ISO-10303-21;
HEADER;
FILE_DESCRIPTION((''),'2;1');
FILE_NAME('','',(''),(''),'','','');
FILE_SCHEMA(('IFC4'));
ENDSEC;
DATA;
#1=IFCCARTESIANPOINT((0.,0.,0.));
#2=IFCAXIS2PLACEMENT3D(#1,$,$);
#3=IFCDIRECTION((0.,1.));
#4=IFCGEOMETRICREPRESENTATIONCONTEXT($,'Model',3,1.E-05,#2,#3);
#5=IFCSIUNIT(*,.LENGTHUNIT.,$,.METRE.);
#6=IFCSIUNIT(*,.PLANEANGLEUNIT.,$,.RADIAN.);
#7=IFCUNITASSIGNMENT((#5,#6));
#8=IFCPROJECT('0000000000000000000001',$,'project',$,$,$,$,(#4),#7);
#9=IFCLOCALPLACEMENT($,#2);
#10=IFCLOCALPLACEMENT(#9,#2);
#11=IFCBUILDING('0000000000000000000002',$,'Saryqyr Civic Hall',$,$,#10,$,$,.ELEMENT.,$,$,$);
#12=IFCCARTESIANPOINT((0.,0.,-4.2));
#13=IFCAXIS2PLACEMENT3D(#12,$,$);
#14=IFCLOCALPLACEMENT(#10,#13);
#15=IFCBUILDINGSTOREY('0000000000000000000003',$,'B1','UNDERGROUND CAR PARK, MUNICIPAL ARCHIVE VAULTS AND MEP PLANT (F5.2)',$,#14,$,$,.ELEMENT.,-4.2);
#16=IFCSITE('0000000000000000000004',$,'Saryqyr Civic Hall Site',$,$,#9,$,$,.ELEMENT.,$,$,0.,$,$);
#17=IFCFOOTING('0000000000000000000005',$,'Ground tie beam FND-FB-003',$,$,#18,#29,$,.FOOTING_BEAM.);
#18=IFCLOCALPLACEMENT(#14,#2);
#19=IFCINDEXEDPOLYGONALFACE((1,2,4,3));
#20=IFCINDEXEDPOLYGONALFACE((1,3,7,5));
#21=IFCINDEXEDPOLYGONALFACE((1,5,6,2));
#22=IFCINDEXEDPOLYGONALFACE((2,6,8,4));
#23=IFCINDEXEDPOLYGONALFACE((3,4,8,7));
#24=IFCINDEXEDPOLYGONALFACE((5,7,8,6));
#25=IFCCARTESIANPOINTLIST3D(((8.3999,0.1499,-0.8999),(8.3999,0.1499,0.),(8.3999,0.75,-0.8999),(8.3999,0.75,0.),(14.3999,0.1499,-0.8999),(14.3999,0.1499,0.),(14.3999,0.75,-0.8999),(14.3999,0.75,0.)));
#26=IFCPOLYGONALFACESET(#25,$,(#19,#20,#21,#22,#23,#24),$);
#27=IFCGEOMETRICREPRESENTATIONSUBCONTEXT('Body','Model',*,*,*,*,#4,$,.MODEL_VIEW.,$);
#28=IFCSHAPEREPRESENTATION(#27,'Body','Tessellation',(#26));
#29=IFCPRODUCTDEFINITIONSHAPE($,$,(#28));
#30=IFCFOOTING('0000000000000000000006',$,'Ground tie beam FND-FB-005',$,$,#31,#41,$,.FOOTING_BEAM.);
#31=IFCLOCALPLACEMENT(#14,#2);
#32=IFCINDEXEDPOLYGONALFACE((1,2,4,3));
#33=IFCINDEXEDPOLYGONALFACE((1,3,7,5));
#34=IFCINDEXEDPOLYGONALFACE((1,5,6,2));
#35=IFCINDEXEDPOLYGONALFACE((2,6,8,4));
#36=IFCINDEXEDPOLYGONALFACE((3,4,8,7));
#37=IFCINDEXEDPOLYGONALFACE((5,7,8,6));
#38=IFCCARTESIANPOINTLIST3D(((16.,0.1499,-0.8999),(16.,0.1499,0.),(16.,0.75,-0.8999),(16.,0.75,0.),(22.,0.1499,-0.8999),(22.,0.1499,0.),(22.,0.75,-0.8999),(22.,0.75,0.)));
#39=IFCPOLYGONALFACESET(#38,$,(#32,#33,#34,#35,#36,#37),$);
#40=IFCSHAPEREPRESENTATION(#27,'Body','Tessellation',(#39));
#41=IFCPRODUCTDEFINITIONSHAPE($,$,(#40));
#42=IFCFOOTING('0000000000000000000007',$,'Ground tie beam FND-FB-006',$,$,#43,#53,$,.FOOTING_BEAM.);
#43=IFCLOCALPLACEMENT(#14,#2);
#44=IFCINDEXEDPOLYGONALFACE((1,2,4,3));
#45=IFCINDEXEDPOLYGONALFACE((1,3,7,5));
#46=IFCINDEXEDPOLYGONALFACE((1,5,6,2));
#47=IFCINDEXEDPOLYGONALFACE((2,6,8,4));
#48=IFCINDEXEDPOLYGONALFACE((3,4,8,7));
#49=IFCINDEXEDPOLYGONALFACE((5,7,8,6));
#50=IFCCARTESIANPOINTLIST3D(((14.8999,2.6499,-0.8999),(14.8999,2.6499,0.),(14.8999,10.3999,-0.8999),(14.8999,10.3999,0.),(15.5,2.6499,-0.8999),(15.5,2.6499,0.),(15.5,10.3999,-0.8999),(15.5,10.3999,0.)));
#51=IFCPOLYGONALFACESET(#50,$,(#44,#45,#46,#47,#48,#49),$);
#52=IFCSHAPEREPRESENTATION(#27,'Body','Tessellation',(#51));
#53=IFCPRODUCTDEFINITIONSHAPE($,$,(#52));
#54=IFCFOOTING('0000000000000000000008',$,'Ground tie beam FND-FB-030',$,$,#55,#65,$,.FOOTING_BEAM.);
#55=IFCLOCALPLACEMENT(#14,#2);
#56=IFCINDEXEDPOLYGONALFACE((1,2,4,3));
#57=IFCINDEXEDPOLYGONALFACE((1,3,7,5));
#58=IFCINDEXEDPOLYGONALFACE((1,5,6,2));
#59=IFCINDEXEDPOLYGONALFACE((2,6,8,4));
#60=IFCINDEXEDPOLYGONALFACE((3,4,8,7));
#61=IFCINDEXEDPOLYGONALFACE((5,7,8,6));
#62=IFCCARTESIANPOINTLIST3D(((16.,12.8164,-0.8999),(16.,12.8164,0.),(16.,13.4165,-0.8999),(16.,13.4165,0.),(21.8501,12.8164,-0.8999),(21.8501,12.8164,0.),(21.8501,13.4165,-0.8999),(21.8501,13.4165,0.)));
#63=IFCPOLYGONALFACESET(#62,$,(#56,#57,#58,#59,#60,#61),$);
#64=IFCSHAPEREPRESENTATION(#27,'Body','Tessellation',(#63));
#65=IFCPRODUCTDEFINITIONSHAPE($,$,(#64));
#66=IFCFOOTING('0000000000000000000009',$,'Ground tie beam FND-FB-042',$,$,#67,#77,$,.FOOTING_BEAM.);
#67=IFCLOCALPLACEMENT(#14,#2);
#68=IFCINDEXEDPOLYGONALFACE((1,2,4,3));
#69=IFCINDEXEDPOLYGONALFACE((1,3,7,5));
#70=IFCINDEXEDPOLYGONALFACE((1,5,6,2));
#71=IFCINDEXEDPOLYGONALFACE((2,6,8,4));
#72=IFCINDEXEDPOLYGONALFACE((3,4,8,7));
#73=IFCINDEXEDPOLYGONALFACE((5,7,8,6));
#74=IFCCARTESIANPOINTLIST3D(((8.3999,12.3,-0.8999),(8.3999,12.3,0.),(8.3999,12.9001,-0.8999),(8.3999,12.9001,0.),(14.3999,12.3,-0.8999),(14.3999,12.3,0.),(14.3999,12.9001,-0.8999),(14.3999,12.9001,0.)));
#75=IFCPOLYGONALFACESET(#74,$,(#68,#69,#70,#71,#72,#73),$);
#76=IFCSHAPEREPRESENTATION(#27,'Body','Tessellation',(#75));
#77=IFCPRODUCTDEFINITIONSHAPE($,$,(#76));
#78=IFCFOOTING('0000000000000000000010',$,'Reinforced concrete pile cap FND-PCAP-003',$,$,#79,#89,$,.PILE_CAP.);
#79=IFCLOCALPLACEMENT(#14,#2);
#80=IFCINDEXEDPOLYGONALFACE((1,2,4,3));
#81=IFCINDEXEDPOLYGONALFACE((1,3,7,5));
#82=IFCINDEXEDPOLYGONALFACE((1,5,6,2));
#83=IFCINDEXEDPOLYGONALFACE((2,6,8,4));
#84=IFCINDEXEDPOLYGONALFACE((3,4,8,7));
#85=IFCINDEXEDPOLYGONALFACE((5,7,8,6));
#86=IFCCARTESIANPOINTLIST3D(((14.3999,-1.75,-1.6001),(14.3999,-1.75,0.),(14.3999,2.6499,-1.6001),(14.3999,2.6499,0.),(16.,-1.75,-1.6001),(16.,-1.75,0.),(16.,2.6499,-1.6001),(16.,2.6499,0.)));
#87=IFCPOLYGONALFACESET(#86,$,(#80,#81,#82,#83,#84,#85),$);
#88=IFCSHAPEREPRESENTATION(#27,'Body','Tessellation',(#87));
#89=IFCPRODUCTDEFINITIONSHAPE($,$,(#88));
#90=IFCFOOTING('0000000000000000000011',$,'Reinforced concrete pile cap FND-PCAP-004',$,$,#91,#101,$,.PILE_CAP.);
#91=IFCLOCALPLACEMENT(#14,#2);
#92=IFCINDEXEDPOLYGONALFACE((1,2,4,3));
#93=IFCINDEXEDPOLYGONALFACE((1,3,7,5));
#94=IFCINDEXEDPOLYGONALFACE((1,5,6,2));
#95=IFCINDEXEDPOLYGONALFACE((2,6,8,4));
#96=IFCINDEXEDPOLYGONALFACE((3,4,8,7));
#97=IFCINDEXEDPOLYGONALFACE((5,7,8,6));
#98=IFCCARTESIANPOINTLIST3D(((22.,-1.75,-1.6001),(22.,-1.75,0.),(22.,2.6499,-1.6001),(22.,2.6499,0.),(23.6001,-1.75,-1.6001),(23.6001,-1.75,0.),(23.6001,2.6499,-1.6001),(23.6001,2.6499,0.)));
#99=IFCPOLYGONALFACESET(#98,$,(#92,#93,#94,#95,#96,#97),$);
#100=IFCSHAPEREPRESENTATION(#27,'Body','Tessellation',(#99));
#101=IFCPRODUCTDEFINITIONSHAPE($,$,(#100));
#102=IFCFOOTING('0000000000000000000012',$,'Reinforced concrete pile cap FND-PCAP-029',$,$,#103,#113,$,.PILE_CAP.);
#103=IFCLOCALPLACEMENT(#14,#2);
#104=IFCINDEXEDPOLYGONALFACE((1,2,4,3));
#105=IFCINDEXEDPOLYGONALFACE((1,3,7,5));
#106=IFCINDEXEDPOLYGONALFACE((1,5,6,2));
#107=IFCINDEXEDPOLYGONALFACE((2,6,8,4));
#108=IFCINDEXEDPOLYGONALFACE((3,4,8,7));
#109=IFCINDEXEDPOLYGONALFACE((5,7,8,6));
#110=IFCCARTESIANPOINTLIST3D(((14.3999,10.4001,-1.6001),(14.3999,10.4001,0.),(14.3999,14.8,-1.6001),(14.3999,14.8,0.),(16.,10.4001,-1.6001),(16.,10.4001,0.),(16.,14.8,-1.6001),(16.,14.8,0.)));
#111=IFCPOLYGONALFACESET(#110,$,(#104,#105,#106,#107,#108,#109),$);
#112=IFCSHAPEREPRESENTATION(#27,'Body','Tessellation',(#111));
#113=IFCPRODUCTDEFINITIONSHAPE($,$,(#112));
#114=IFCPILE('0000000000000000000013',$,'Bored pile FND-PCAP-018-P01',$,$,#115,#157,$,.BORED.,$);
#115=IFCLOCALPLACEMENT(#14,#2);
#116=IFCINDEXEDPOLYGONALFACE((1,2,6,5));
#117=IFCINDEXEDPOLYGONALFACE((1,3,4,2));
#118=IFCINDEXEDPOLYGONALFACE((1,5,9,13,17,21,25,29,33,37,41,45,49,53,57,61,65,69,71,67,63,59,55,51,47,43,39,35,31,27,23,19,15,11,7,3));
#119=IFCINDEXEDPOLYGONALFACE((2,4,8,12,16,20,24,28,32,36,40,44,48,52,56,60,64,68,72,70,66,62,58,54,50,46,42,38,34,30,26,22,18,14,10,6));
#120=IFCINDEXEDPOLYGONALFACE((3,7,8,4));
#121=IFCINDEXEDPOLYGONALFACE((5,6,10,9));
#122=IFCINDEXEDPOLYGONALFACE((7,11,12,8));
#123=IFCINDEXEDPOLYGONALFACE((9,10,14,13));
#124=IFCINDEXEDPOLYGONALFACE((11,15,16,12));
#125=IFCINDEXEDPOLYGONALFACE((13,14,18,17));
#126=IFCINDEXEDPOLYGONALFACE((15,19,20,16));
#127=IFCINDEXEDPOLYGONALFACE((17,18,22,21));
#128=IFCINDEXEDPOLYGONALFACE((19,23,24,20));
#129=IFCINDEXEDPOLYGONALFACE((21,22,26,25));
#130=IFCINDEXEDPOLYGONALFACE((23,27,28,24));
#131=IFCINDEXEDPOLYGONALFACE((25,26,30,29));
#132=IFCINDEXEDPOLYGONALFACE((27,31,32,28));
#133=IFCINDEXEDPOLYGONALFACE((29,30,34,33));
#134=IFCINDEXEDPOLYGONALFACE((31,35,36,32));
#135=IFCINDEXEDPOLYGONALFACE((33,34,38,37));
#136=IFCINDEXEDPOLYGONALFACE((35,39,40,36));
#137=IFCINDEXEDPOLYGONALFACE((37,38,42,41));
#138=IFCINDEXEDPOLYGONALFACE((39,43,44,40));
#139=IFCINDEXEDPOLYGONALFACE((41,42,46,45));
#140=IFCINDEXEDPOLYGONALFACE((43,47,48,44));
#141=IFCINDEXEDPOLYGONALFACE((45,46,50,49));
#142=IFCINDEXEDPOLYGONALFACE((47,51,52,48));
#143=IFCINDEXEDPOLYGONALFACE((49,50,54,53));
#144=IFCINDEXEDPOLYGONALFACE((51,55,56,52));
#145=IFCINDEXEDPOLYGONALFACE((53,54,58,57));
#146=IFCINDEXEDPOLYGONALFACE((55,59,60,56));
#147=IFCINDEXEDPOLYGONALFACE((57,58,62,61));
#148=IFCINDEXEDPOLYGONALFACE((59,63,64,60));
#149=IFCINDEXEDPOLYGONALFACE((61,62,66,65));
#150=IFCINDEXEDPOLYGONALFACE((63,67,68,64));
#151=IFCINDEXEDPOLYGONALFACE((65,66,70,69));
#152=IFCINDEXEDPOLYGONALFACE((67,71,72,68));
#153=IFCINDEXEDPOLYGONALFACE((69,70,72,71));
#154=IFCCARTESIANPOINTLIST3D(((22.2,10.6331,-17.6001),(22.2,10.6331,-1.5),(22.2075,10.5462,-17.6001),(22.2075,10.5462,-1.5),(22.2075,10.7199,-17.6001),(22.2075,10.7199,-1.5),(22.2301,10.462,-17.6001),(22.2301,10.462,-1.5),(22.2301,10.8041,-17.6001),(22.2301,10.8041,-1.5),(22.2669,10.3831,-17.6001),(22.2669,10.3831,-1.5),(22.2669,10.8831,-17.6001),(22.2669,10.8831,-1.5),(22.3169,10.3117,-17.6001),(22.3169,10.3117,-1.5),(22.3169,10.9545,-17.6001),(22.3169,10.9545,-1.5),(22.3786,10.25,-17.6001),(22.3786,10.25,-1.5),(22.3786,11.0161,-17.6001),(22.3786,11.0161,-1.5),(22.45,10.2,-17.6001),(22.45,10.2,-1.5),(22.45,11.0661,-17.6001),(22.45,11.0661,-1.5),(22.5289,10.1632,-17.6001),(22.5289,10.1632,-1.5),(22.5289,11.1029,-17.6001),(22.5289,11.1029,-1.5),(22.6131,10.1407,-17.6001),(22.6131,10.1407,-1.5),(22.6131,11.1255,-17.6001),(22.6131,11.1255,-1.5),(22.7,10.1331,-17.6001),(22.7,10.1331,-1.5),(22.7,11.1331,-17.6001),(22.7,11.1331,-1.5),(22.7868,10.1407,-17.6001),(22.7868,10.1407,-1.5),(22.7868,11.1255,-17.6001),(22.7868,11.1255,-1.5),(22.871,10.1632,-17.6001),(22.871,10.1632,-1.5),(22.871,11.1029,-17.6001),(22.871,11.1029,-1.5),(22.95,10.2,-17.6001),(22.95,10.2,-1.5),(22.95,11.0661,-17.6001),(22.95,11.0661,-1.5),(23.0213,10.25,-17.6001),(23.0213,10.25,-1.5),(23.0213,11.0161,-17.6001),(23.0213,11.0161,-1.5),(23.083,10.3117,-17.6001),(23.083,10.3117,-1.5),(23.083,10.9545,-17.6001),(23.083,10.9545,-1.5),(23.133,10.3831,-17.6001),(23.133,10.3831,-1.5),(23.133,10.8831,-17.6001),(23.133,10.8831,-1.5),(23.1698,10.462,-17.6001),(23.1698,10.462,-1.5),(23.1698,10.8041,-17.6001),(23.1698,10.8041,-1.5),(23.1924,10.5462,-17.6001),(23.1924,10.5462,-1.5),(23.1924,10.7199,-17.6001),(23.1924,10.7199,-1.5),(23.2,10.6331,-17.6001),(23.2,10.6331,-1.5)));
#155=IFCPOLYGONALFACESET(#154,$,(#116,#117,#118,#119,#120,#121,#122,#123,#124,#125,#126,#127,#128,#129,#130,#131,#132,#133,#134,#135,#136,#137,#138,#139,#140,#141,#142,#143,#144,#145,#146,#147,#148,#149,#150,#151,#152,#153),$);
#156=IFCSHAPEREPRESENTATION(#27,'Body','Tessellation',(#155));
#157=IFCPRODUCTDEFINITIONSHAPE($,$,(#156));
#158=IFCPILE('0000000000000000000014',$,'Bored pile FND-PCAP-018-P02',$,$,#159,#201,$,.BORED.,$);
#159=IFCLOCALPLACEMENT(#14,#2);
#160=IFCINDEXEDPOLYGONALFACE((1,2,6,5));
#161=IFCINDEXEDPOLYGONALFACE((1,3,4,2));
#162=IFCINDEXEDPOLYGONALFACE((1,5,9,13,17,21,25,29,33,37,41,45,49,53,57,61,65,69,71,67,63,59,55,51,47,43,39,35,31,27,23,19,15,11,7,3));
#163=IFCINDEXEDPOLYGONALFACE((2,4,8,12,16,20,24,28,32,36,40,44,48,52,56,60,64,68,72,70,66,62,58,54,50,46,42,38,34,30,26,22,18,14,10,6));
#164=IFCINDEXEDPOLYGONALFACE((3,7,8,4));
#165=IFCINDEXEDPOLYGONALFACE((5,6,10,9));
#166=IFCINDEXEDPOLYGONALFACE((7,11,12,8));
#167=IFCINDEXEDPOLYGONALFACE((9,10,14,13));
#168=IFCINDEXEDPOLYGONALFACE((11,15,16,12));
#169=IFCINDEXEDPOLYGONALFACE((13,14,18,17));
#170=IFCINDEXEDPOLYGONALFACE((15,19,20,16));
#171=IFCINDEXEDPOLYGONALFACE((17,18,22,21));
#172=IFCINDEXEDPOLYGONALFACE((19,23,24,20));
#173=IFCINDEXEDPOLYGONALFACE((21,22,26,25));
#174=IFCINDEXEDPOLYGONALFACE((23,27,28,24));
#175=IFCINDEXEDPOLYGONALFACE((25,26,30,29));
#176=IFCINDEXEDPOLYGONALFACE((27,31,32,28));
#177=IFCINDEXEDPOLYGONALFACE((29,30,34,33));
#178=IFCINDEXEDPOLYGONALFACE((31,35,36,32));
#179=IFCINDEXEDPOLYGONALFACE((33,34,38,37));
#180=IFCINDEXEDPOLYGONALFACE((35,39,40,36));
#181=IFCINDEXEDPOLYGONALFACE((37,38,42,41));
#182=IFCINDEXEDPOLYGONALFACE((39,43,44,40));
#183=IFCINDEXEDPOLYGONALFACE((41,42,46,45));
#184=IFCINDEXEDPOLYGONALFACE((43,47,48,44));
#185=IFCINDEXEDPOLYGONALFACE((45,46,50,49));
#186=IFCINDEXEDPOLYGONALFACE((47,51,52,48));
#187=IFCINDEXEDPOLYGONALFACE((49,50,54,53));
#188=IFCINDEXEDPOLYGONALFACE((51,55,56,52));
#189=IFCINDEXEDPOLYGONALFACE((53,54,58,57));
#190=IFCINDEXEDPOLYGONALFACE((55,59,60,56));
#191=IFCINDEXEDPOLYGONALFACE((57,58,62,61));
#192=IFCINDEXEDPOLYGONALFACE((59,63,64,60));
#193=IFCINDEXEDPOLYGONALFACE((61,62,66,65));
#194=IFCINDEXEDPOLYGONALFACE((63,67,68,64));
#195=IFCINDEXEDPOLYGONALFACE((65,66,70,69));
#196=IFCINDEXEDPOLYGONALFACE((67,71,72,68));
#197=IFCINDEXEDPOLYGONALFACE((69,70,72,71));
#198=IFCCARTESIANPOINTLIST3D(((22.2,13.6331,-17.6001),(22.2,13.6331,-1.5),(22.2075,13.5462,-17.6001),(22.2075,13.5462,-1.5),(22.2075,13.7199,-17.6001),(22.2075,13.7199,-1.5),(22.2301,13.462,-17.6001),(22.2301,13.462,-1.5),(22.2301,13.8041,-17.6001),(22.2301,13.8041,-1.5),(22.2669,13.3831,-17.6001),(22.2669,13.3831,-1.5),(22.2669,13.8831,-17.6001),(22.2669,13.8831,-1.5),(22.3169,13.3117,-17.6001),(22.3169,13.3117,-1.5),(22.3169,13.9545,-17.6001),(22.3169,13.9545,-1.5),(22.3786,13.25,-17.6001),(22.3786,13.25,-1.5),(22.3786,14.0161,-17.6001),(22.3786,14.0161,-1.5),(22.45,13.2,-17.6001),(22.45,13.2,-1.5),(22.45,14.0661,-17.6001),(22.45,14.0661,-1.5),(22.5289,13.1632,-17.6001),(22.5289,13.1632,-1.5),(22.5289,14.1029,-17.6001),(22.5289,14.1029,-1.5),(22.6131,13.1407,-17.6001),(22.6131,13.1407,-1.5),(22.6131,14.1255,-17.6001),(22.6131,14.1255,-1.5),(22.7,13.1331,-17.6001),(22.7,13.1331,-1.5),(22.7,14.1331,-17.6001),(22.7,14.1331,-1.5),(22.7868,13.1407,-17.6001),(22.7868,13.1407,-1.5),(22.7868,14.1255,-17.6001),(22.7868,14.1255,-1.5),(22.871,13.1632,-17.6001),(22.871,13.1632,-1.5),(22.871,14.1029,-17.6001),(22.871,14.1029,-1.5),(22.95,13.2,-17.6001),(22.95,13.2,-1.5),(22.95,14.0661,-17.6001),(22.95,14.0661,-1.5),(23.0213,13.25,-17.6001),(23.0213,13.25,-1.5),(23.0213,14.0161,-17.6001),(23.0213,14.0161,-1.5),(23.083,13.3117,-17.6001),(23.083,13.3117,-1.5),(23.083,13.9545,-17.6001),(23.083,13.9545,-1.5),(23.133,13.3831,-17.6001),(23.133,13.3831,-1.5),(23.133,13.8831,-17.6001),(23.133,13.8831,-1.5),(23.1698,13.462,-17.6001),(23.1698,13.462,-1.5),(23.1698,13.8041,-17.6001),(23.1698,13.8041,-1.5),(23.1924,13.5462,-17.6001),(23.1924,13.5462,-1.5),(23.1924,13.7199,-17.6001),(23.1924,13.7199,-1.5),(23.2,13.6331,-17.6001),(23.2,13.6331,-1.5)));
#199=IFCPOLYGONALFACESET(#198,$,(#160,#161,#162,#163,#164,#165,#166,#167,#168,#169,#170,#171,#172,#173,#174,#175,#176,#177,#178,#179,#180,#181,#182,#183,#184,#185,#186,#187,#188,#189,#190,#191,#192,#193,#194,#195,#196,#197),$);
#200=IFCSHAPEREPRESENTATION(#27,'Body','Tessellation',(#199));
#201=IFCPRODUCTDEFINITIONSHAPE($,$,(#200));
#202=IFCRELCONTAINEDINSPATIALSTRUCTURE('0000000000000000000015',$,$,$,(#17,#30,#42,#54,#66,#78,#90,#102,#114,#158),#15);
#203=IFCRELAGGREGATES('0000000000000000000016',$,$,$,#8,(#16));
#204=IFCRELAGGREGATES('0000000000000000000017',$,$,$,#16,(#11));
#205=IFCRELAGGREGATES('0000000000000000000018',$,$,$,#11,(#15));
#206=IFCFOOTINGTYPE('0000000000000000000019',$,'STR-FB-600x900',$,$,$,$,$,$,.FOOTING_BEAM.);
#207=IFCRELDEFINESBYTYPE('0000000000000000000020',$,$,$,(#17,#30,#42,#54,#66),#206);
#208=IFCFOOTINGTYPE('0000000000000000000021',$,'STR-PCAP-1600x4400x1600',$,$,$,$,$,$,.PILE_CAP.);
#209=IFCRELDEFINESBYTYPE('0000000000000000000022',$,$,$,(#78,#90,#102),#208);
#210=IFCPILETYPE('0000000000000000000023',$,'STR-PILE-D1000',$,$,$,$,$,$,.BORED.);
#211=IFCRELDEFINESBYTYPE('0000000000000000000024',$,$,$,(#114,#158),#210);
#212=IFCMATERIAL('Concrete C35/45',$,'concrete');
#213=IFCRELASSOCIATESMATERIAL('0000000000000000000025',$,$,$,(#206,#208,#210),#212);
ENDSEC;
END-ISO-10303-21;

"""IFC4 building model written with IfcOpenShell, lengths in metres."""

from ifc_helpers import new_model, si_unit, direction, frame, origin, origin_2d, place, context, subcontext, project, spatial, rectangle, circle, extrude, material, material_profile, profile_set, type_object, element, save


model = new_model("IFC4")

# Units and contexts
model_context = context("Model", 3, precision=1e-05, world=origin(), true_north=direction((0.0, 1.0)))
body_context = subcontext(model_context, "Body", "Model", "MODEL_VIEW")
ifc_project = project(units=[si_unit("LENGTHUNIT", "METRE"), si_unit("PLANEANGLEUNIT", "RADIAN")], contexts=[model_context])

# Site, building, storey
site_placement = place(None, origin())
site = spatial("IfcSite", under=ifc_project, at=site_placement, Name="Saryqyr Civic Hall Site", CompositionType="ELEMENT", RefElevation=0.0)
building_placement = place(site_placement, origin())
building = spatial("IfcBuilding", under=site, at=building_placement, Name="Saryqyr Civic Hall", CompositionType="ELEMENT")
storey_placement = place(building_placement, frame((0.0, 0.0, -4.2)))
storey = spatial("IfcBuildingStorey", under=building, at=storey_placement, Name="B1", Description="UNDERGROUND CAR PARK, MUNICIPAL ARCHIVE VAULTS AND MEP PLANT (F5.2)", CompositionType="ELEMENT", Elevation=-4.2)

# Footings
ifc_material_1 = material(Name="Concrete C35/45", Category="concrete")
footing_type_1 = type_object("IfcFootingType", Name="STR-FB-600x900", PredefinedType="FOOTING_BEAM", material=ifc_material_1)
for number, where, z_axis, x_axis, name in (
    (1, (11.3999, 0.45, -0.8999), (0.0, 0.0, 1.0), (1.0, 0.0, 0.0), "Ground tie beam FND-FB-003"),
    (2, (19.0, 0.45, -0.8999), (0.0, 0.0, 1.0), (1.0, 0.0, 0.0), "Ground tie beam FND-FB-005"),
):
    element("IfcFooting", number, at=place(storey_placement, frame(where, z_axis=z_axis, x_axis=x_axis)), inside=storey, type_object=footing_type_1, Name=name, PredefinedType="FOOTING_BEAM", context=body_context, shape_type="SweptSolid", body=[
        extrude(rectangle(XDim=6.0, YDim=0.6001, at=origin_2d()), origin(), (0.0, 0.0, 1.0), 0.8999),
    ])
footing_1_placement = place(storey_placement, frame((15.2, 6.5249, -0.8999), z_axis=(0.0, 0.0, 1.0), x_axis=(1.0, 0.0, 0.0)))
element("IfcFooting", 3, at=footing_1_placement, inside=storey, type_object=footing_type_1, Name="Ground tie beam FND-FB-006", PredefinedType="FOOTING_BEAM", context=body_context, shape_type="SweptSolid", body=[
    extrude(rectangle(XDim=0.6001, YDim=7.75, at=origin_2d()), origin(), (0.0, 0.0, 1.0), 0.8999),
])
footing_2_placement = place(storey_placement, frame((18.925, 13.1165, -0.8999), z_axis=(0.0, 0.0, 1.0), x_axis=(1.0, 0.0, 0.0)))
element("IfcFooting", 4, at=footing_2_placement, inside=storey, type_object=footing_type_1, Name="Ground tie beam FND-FB-030", PredefinedType="FOOTING_BEAM", context=body_context, shape_type="SweptSolid", body=[
    extrude(rectangle(XDim=5.8501, YDim=0.6001, at=origin_2d()), origin(), (0.0, 0.0, 1.0), 0.8999),
])
footing_3_placement = place(storey_placement, frame((11.3999, 12.6001, -0.8999), z_axis=(0.0, 0.0, 1.0), x_axis=(1.0, 0.0, 0.0)))
element("IfcFooting", 5, at=footing_3_placement, inside=storey, type_object=footing_type_1, Name="Ground tie beam FND-FB-042", PredefinedType="FOOTING_BEAM", context=body_context, shape_type="SweptSolid", body=[
    extrude(rectangle(XDim=6.0, YDim=0.6001, at=origin_2d()), origin(), (0.0, 0.0, 1.0), 0.8999),
])
footing_type_2 = type_object("IfcFootingType", Name="STR-PCAP-1600x4400x1600", PredefinedType="PILE_CAP", material=ifc_material_1)
for number, where, z_axis, x_axis, name in (
    (6, (15.2, 0.45, -1.6001), (0.0, 0.0, 1.0), (1.0, 0.0, 0.0), "Reinforced concrete pile cap FND-PCAP-003"),
    (7, (22.8, 0.45, -1.6001), (0.0, 0.0, 1.0), (1.0, 0.0, 0.0), "Reinforced concrete pile cap FND-PCAP-004"),
    (8, (15.2, 12.6001, -1.6001), (0.0, 0.0, 1.0), (1.0, 0.0, 0.0), "Reinforced concrete pile cap FND-PCAP-029"),
):
    element("IfcFooting", number, at=place(storey_placement, frame(where, z_axis=z_axis, x_axis=x_axis)), inside=storey, type_object=footing_type_2, Name=name, PredefinedType="PILE_CAP", context=body_context, shape_type="SweptSolid", body=[
        extrude(rectangle(XDim=1.6001, YDim=4.3999, at=origin_2d()), origin(), (0.0, 0.0, 1.0), 1.6001),
    ])

# Piles
ifc_material_profile_1 = material_profile(ifc_material_1, circle(Radius=0.5, at=origin_2d()), Name="BORED PILE D1000")
ifc_profile_set_1 = profile_set([ifc_material_profile_1], Name="Concrete C35/45")
pile_type_1 = type_object("IfcPileType", Name="STR-PILE-D1000", PredefinedType="BORED", material=ifc_profile_set_1)
for number, where, z_axis, x_axis, name in (
    (9, (22.7, 10.6331, -1.5), (0.0, 0.0, -1.0), (1.0, 0.0, 0.0), "Bored pile FND-PCAP-018-P01"),
    (10, (22.7, 13.6331, -1.5), (0.0, 0.0, -1.0), (1.0, 0.0, 0.0), "Bored pile FND-PCAP-018-P02"),
):
    element("IfcPile", number, at=place(storey_placement, frame(where, z_axis=z_axis, x_axis=x_axis)), inside=storey, type_object=pile_type_1, Name=name, PredefinedType="BORED", context=body_context, shape_type="SweptSolid", body=[
        extrude(circle(Radius=0.5, at=origin_2d()), origin(), (0.0, 0.0, 1.0), 16.1001),
    ])

save(model, "model.ifc")
